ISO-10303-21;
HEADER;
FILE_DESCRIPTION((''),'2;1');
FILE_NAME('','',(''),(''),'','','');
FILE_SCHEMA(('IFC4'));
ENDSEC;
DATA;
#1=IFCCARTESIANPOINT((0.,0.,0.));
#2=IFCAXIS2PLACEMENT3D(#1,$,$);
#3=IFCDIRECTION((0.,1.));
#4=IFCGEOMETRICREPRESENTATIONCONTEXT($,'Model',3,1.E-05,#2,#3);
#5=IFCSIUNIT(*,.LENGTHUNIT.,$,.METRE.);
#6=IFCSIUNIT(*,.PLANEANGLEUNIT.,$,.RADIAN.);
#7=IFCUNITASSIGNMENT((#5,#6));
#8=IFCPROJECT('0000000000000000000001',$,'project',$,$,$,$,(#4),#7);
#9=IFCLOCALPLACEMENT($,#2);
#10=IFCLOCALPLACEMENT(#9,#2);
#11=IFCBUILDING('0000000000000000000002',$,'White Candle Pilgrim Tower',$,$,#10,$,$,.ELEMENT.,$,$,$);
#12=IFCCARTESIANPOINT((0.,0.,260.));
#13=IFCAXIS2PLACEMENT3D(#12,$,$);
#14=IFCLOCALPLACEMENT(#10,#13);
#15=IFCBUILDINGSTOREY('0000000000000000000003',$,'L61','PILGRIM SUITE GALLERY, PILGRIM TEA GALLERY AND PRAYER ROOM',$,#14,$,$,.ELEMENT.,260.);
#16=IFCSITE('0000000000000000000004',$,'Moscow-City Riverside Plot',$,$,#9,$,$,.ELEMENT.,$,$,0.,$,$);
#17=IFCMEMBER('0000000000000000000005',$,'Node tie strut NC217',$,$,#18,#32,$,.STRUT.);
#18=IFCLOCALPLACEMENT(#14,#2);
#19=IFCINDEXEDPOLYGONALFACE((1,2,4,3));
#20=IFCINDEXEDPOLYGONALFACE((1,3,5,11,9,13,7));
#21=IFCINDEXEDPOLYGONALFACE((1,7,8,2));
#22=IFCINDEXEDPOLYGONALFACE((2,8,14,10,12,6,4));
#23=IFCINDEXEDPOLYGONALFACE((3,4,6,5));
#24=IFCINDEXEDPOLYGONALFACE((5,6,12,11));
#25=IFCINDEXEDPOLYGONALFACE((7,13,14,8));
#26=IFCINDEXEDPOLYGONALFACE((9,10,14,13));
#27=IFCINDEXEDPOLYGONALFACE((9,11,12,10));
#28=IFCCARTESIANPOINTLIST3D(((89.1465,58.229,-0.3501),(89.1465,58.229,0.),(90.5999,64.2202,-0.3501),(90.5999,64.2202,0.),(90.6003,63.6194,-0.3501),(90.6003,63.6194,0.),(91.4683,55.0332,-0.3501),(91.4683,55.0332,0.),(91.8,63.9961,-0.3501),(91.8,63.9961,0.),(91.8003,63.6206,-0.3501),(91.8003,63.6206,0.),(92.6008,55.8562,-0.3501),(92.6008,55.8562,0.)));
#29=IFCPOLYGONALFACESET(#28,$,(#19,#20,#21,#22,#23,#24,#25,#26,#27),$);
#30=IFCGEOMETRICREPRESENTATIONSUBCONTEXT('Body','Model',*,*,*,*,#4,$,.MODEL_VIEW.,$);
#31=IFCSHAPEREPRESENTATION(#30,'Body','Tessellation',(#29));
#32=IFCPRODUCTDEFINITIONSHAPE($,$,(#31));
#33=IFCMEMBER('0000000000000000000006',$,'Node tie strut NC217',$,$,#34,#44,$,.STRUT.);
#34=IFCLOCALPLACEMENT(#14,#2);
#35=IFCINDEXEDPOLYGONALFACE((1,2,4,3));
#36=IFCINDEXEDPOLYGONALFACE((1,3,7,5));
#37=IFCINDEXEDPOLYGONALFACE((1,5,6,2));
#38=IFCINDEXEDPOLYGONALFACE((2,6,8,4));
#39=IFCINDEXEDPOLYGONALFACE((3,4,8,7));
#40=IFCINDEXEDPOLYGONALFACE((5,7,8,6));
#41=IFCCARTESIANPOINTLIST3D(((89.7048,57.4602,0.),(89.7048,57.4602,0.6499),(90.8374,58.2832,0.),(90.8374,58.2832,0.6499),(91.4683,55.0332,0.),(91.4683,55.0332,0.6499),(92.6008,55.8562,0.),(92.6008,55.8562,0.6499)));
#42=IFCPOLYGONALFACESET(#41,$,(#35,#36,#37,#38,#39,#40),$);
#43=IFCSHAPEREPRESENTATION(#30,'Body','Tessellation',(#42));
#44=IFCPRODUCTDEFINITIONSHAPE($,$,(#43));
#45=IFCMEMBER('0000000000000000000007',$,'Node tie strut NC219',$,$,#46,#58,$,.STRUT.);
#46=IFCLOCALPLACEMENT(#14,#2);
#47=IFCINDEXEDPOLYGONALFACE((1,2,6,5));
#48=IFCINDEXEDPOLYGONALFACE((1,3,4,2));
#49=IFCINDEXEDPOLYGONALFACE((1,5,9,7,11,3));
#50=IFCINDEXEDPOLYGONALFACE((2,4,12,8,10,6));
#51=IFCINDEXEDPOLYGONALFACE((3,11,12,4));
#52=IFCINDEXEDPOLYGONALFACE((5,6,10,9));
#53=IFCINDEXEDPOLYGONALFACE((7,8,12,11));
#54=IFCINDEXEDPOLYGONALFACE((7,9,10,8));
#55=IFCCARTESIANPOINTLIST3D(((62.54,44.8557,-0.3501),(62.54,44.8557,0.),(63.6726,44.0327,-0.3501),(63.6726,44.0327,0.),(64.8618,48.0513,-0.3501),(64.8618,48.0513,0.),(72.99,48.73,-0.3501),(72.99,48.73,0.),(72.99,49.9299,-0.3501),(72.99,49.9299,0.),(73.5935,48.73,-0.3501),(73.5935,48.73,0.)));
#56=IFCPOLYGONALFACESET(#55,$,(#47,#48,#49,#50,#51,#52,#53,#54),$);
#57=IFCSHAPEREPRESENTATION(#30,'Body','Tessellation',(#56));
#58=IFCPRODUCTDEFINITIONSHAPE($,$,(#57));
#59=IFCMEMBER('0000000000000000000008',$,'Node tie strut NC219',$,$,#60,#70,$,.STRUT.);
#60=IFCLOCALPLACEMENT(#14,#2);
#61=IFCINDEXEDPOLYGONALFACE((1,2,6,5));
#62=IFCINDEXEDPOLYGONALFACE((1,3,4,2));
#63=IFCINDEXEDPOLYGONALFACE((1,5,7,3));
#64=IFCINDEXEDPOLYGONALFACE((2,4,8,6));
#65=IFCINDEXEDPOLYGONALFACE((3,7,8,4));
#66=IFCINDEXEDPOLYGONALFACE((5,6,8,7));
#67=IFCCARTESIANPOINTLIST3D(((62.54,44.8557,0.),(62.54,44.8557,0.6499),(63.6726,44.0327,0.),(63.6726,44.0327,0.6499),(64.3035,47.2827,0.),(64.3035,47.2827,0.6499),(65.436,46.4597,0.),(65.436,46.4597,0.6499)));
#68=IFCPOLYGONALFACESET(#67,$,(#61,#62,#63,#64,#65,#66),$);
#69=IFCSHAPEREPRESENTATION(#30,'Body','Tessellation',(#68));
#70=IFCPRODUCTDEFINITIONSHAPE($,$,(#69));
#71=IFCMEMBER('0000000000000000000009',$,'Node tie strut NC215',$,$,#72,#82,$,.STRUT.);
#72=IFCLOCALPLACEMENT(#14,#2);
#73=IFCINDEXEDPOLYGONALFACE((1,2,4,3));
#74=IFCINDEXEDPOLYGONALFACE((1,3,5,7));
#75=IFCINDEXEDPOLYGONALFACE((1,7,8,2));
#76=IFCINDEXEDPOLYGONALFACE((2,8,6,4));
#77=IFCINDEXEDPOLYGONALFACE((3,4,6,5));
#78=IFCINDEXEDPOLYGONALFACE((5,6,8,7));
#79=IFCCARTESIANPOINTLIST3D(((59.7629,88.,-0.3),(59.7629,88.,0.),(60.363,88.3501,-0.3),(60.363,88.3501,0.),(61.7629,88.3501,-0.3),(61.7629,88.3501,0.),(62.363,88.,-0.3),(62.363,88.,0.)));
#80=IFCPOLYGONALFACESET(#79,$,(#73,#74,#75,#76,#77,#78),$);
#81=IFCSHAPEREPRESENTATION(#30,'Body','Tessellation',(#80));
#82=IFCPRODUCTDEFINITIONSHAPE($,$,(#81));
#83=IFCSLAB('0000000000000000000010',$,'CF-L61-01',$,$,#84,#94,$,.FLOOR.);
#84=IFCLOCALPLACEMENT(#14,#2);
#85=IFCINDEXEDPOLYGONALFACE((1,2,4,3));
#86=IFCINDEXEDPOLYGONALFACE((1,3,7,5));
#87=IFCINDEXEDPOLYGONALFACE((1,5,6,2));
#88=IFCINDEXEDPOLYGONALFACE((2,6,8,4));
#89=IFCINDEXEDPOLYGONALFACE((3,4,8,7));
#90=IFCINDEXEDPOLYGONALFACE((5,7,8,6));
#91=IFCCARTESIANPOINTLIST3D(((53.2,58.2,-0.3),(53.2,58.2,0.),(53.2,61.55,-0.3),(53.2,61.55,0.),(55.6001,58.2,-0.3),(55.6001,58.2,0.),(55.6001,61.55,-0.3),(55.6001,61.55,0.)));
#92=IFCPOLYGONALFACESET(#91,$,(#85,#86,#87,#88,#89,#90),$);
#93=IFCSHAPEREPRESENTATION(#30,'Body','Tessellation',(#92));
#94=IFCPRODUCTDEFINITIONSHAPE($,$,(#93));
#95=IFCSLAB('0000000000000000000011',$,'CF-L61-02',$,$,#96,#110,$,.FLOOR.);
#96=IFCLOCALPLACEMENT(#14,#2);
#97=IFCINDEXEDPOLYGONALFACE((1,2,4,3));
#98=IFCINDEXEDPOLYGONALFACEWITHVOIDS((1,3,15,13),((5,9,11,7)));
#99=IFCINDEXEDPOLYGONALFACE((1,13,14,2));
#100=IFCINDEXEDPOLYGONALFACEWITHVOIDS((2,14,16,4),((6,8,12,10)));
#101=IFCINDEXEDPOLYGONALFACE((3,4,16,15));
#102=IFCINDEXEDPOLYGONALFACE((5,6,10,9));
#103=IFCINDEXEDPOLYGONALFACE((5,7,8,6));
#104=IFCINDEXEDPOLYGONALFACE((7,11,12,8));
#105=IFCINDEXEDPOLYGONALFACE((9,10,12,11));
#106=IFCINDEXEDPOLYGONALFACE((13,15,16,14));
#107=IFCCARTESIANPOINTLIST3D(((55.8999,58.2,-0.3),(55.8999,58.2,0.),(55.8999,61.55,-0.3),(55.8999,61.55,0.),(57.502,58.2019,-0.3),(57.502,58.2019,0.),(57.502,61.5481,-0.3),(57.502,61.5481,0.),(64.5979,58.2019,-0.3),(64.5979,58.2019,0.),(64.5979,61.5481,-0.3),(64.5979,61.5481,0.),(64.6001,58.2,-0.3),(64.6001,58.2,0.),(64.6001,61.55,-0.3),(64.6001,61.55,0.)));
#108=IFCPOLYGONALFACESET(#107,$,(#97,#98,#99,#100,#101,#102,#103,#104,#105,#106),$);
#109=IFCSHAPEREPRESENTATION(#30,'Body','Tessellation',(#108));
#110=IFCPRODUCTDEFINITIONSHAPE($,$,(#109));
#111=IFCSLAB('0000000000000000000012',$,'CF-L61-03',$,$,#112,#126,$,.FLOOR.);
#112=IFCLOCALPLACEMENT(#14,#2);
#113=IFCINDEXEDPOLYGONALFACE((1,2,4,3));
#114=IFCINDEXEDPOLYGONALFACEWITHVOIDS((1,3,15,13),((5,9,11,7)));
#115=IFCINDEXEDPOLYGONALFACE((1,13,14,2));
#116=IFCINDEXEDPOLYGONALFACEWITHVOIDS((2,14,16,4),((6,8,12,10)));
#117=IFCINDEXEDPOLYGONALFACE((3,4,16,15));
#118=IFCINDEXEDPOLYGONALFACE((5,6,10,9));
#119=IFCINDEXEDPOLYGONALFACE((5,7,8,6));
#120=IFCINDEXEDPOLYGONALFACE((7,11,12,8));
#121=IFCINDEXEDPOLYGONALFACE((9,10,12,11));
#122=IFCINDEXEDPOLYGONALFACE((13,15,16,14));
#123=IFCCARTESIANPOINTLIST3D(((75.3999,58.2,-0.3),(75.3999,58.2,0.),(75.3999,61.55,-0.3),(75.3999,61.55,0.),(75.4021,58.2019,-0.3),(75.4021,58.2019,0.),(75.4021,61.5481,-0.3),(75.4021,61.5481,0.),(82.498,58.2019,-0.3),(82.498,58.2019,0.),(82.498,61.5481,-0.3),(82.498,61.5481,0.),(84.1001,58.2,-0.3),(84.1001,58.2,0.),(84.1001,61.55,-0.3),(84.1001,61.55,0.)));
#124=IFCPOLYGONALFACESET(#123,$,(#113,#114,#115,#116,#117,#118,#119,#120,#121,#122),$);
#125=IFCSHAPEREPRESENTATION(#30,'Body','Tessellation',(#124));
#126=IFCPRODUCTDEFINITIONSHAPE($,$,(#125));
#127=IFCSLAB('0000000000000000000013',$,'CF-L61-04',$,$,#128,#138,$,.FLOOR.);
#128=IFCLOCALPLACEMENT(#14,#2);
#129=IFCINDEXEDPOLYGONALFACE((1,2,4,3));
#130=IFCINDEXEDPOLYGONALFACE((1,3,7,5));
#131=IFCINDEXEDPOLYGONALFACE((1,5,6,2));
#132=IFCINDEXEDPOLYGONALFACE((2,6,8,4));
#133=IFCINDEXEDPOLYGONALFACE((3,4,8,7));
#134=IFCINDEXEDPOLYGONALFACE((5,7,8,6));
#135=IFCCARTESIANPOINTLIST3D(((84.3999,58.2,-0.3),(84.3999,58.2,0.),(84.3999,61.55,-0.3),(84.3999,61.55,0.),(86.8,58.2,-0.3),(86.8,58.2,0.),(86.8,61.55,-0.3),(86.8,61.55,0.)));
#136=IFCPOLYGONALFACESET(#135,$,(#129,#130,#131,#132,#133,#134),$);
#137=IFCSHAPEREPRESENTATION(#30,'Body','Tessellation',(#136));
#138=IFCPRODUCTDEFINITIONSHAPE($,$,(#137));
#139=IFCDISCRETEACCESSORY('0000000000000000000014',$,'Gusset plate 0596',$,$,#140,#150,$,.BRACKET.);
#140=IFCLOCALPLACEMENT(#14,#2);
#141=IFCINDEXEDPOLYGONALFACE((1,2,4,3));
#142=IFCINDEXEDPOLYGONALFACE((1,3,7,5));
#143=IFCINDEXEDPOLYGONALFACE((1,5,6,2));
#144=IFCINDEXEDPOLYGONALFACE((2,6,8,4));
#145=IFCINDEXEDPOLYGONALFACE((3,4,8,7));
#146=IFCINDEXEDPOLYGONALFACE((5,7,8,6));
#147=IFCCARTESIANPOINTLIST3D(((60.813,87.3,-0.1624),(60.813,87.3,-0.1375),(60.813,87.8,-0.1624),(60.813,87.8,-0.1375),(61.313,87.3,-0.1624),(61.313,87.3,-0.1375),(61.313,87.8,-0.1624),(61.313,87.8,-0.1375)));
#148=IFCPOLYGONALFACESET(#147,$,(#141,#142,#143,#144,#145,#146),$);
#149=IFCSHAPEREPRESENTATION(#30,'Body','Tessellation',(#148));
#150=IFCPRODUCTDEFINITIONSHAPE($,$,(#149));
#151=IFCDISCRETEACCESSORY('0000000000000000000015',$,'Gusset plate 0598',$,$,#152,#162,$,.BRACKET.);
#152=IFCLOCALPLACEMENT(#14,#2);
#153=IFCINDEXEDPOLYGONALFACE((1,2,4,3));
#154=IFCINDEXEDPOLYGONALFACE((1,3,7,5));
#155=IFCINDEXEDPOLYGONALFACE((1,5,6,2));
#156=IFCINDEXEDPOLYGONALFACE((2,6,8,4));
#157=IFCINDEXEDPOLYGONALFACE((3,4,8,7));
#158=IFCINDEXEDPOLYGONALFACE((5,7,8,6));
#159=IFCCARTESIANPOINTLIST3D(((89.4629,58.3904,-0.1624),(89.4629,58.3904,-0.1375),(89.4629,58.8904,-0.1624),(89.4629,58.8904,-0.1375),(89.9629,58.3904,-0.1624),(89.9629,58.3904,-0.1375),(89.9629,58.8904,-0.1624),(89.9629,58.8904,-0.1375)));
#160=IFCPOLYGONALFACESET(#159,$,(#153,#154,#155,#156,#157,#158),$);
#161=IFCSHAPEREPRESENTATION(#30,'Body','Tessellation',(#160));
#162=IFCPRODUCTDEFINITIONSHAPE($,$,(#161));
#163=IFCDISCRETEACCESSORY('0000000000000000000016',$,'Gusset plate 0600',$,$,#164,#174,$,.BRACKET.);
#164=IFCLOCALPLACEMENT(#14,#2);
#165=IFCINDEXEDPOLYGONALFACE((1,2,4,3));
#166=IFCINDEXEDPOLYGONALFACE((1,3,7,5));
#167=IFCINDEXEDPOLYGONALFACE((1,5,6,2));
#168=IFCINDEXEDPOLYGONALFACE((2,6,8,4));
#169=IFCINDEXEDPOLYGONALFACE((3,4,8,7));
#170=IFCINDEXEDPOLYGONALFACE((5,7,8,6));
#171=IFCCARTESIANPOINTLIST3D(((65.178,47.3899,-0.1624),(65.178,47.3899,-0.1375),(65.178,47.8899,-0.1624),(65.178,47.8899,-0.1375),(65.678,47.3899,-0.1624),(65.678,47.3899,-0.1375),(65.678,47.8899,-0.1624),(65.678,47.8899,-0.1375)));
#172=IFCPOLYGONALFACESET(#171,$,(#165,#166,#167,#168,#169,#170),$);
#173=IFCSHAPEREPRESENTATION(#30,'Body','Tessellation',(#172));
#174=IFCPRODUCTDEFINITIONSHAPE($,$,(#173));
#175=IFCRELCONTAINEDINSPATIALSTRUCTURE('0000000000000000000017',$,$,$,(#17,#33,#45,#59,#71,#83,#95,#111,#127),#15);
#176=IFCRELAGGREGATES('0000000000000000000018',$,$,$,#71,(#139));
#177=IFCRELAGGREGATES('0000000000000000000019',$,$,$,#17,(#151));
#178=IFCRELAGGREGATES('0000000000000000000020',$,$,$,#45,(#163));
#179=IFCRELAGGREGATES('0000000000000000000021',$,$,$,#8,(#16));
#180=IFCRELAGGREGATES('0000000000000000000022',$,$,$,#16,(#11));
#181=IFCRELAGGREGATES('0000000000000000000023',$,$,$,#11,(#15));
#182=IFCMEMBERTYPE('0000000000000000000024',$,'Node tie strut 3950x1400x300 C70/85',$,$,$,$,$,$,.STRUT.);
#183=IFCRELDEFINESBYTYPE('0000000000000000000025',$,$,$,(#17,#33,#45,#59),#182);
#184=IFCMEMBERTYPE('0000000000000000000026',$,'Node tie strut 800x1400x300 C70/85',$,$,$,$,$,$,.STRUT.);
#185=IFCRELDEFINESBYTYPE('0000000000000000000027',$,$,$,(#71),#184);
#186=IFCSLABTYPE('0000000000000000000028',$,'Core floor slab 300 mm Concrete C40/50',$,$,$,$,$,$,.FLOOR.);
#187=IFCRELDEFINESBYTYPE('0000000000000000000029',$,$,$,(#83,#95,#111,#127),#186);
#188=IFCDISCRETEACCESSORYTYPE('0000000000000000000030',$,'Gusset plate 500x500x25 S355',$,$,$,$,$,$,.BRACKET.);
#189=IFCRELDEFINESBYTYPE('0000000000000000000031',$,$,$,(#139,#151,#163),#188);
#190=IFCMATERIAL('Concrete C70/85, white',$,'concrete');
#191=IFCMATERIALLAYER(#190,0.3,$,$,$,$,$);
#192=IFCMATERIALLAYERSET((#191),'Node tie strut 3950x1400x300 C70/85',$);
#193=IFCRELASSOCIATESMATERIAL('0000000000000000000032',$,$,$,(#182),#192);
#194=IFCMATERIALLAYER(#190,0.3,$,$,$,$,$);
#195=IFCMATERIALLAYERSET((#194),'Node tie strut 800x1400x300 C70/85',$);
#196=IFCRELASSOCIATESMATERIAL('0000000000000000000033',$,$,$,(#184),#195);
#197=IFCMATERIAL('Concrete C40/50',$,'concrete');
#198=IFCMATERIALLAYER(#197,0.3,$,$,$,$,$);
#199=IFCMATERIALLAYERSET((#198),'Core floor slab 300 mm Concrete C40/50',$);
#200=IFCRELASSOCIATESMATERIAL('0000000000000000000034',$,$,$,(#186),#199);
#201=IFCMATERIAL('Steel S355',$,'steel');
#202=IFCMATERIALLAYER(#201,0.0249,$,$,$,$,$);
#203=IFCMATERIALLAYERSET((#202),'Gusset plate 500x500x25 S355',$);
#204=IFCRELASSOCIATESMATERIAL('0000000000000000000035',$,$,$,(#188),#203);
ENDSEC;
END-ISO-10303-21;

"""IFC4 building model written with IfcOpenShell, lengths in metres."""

from ifc_helpers import new_model, si_unit, direction, frame, origin, origin_2d, place, context, subcontext, project, spatial, polyline, rectangle, outline, extrude, material, layer, layer_set, type_object, element, aggregate, save


model = new_model("IFC4")

# Units and contexts
model_context = context("Model", 3, precision=1e-05, world=origin(), true_north=direction((0.0, 1.0)))
body_context = subcontext(model_context, "Body", "Model", "MODEL_VIEW")
ifc_project = project(units=[si_unit("LENGTHUNIT", "METRE"), si_unit("PLANEANGLEUNIT", "RADIAN")], contexts=[model_context])

# Site, building, storey
site_placement = place(None, origin())
site = spatial("IfcSite", under=ifc_project, at=site_placement, Name="Moscow-City Riverside Plot", CompositionType="ELEMENT", RefElevation=0.0)
building_placement = place(site_placement, origin())
building = spatial("IfcBuilding", under=site, at=building_placement, Name="White Candle Pilgrim Tower", CompositionType="ELEMENT")
storey_placement = place(building_placement, frame((0.0, 0.0, 260.0)))
storey = spatial("IfcBuildingStorey", under=building, at=storey_placement, Name="L61", Description="PILGRIM SUITE GALLERY, PILGRIM TEA GALLERY AND PRAYER ROOM", CompositionType="ELEMENT", Elevation=260.0)

# Members
ifc_material_1 = material(Name="Concrete C70/85, white", Category="concrete")
ifc_layer_1 = layer(ifc_material_1, 0.3)
ifc_layer_set_1 = layer_set([ifc_layer_1], Name="Node tie strut 3950x1400x300 C70/85")
member_type_1 = type_object("IfcMemberType", Name="Node tie strut 3950x1400x300 C70/85", PredefinedType="STRUT", material=ifc_layer_set_1)
member_1_placement = place(storey_placement, frame((0.0, 0.0, -0.3501)))
member_1 = element("IfcMember", 1, at=member_1_placement, inside=storey, type_object=member_type_1, Name="Node tie strut NC217", PredefinedType="STRUT", context=body_context, shape_type="SweptSolid", body=[
    extrude(outline(polyline([(91.4683, 55.0332), (92.6008, 55.8562), (91.8, 63.9961), (91.8003, 63.6206), (90.6003, 63.6194), (90.5999, 64.2202), (89.1465, 58.229), (91.4683, 55.0332)])), origin(), (0.0, 0.0, 1.0), 0.3501),
])
member_2_placement = place(storey_placement, origin())
element("IfcMember", 2, at=member_2_placement, inside=storey, type_object=member_type_1, Name="Node tie strut NC217", PredefinedType="STRUT", context=body_context, shape_type="SweptSolid", body=[
    extrude(outline(polyline([(91.4683, 55.0332), (92.6008, 55.8562), (90.8374, 58.2832), (89.7048, 57.4602), (91.4683, 55.0332)])), origin(), (0.0, 0.0, 1.0), 0.6499),
])
member_3_placement = place(storey_placement, frame((0.0, 0.0, -0.3501)))
member_3 = element("IfcMember", 3, at=member_3_placement, inside=storey, type_object=member_type_1, Name="Node tie strut NC219", PredefinedType="STRUT", context=body_context, shape_type="SweptSolid", body=[
    extrude(outline(polyline([(63.6726, 44.0327), (73.5935, 48.73), (72.99, 48.73), (72.99, 49.9299), (64.8618, 48.0513), (62.54, 44.8557), (63.6726, 44.0327)])), origin(), (0.0, 0.0, 1.0), 0.3501),
])
member_4_placement = place(storey_placement, origin())
element("IfcMember", 4, at=member_4_placement, inside=storey, type_object=member_type_1, Name="Node tie strut NC219", PredefinedType="STRUT", context=body_context, shape_type="SweptSolid", body=[
    extrude(outline(polyline([(63.6726, 44.0327), (65.436, 46.4597), (64.3035, 47.2827), (62.54, 44.8557), (63.6726, 44.0327)])), origin(), (0.0, 0.0, 1.0), 0.6499),
])
ifc_layer_2 = layer(ifc_material_1, 0.3)
ifc_layer_set_2 = layer_set([ifc_layer_2], Name="Node tie strut 800x1400x300 C70/85")
member_type_2 = type_object("IfcMemberType", Name="Node tie strut 800x1400x300 C70/85", PredefinedType="STRUT", material=ifc_layer_set_2)
member_5_placement = place(storey_placement, frame((0.0, 0.0, -0.3)))
member_5 = element("IfcMember", 5, at=member_5_placement, inside=storey, type_object=member_type_2, Name="Node tie strut NC215", PredefinedType="STRUT", context=body_context, shape_type="SweptSolid", body=[
    extrude(outline(polyline([(59.7629, 88.0), (62.363, 88.0), (61.7629, 88.3501), (60.363, 88.3501), (59.7629, 88.0)])), origin(), (0.0, 0.0, 1.0), 0.3),
])

# Slabs
ifc_material_2 = material(Name="Concrete C40/50", Category="concrete")
ifc_layer_3 = layer(ifc_material_2, 0.3)
ifc_layer_set_3 = layer_set([ifc_layer_3], Name="Core floor slab 300 mm Concrete C40/50")
slab_type_1 = type_object("IfcSlabType", Name="Core floor slab 300 mm Concrete C40/50", PredefinedType="FLOOR", material=ifc_layer_set_3)
slab_1_placement = place(storey_placement, frame((0.0, 0.0, -0.3)))
element("IfcSlab", 6, at=slab_1_placement, inside=storey, type_object=slab_type_1, Name="CF-L61-01", PredefinedType="FLOOR", context=body_context, shape_type="SweptSolid", body=[
    extrude(outline(polyline([(55.6001, 58.2), (53.2, 58.2), (53.2, 61.55), (55.6001, 61.55), (55.6001, 58.2)])), origin(), (0.0, 0.0, 1.0), 0.3),
])
slab_2_placement = place(storey_placement, frame((0.0, 0.0, -0.3)))
element("IfcSlab", 7, at=slab_2_placement, inside=storey, type_object=slab_type_1, Name="CF-L61-02", PredefinedType="FLOOR", context=body_context, shape_type="SweptSolid", body=[
    extrude(outline(polyline([(55.8999, 58.2), (55.8999, 61.55), (64.6001, 61.55), (64.6001, 58.2), (55.8999, 58.2)]), holes=[polyline([(57.502, 61.5481), (57.502, 58.2019), (64.5979, 58.2019), (64.5979, 61.5481), (57.502, 61.5481)])]), origin(), (0.0, 0.0, 1.0), 0.3),
])
slab_3_placement = place(storey_placement, frame((0.0, 0.0, -0.3)))
element("IfcSlab", 8, at=slab_3_placement, inside=storey, type_object=slab_type_1, Name="CF-L61-03", PredefinedType="FLOOR", context=body_context, shape_type="SweptSolid", body=[
    extrude(outline(polyline([(75.3999, 58.2), (75.3999, 61.55), (84.1001, 61.55), (84.1001, 58.2), (75.3999, 58.2)]), holes=[polyline([(82.498, 61.5481), (75.4021, 61.5481), (75.4021, 58.2019), (82.498, 58.2019), (82.498, 61.5481)])]), origin(), (0.0, 0.0, 1.0), 0.3),
])
slab_4_placement = place(storey_placement, frame((0.0, 0.0, -0.3)))
element("IfcSlab", 9, at=slab_4_placement, inside=storey, type_object=slab_type_1, Name="CF-L61-04", PredefinedType="FLOOR", context=body_context, shape_type="SweptSolid", body=[
    extrude(outline(polyline([(86.8, 58.2), (84.3999, 58.2), (84.3999, 61.55), (86.8, 61.55), (86.8, 58.2)])), origin(), (0.0, 0.0, 1.0), 0.3),
])

# Discrete accessories
ifc_material_3 = material(Name="Steel S355", Category="steel")
ifc_layer_4 = layer(ifc_material_3, 0.0249)
ifc_layer_set_4 = layer_set([ifc_layer_4], Name="Gusset plate 500x500x25 S355")
discrete_accessory_type = type_object("IfcDiscreteAccessoryType", Name="Gusset plate 500x500x25 S355", PredefinedType="BRACKET", material=ifc_layer_set_4)
discrete_accessory_1_placement = place(storey_placement, frame((61.063, 87.55, -0.1624), z_axis=(0.0, 0.0, 1.0), x_axis=(1.0, 0.0, 0.0)))
discrete_accessory_1 = element("IfcDiscreteAccessory", 10, at=discrete_accessory_1_placement, type_object=discrete_accessory_type, Name="Gusset plate 0596", PredefinedType="BRACKET", context=body_context, shape_type="SweptSolid", body=[
    extrude(rectangle(XDim=0.5, YDim=0.5, at=origin_2d()), origin(), (0.0, 0.0, 1.0), 0.0249),
])
aggregate(member_5, [discrete_accessory_1])
discrete_accessory_2_placement = place(storey_placement, frame((89.7129, 58.6404, -0.1624), z_axis=(0.0, 0.0, 1.0), x_axis=(1.0, 0.0, 0.0)))
discrete_accessory_2 = element("IfcDiscreteAccessory", 11, at=discrete_accessory_2_placement, type_object=discrete_accessory_type, Name="Gusset plate 0598", PredefinedType="BRACKET", context=body_context, shape_type="SweptSolid", body=[
    extrude(rectangle(XDim=0.5, YDim=0.5, at=origin_2d()), origin(), (0.0, 0.0, 1.0), 0.0249),
])
aggregate(member_1, [discrete_accessory_2])
discrete_accessory_3_placement = place(storey_placement, frame((65.428, 47.6399, -0.1624), z_axis=(0.0, 0.0, 1.0), x_axis=(1.0, 0.0, 0.0)))
discrete_accessory_3 = element("IfcDiscreteAccessory", 12, at=discrete_accessory_3_placement, type_object=discrete_accessory_type, Name="Gusset plate 0600", PredefinedType="BRACKET", context=body_context, shape_type="SweptSolid", body=[
    extrude(rectangle(XDim=0.5, YDim=0.5, at=origin_2d()), origin(), (0.0, 0.0, 1.0), 0.0249),
])
aggregate(member_3, [discrete_accessory_3])

save(model, "model.ifc")
